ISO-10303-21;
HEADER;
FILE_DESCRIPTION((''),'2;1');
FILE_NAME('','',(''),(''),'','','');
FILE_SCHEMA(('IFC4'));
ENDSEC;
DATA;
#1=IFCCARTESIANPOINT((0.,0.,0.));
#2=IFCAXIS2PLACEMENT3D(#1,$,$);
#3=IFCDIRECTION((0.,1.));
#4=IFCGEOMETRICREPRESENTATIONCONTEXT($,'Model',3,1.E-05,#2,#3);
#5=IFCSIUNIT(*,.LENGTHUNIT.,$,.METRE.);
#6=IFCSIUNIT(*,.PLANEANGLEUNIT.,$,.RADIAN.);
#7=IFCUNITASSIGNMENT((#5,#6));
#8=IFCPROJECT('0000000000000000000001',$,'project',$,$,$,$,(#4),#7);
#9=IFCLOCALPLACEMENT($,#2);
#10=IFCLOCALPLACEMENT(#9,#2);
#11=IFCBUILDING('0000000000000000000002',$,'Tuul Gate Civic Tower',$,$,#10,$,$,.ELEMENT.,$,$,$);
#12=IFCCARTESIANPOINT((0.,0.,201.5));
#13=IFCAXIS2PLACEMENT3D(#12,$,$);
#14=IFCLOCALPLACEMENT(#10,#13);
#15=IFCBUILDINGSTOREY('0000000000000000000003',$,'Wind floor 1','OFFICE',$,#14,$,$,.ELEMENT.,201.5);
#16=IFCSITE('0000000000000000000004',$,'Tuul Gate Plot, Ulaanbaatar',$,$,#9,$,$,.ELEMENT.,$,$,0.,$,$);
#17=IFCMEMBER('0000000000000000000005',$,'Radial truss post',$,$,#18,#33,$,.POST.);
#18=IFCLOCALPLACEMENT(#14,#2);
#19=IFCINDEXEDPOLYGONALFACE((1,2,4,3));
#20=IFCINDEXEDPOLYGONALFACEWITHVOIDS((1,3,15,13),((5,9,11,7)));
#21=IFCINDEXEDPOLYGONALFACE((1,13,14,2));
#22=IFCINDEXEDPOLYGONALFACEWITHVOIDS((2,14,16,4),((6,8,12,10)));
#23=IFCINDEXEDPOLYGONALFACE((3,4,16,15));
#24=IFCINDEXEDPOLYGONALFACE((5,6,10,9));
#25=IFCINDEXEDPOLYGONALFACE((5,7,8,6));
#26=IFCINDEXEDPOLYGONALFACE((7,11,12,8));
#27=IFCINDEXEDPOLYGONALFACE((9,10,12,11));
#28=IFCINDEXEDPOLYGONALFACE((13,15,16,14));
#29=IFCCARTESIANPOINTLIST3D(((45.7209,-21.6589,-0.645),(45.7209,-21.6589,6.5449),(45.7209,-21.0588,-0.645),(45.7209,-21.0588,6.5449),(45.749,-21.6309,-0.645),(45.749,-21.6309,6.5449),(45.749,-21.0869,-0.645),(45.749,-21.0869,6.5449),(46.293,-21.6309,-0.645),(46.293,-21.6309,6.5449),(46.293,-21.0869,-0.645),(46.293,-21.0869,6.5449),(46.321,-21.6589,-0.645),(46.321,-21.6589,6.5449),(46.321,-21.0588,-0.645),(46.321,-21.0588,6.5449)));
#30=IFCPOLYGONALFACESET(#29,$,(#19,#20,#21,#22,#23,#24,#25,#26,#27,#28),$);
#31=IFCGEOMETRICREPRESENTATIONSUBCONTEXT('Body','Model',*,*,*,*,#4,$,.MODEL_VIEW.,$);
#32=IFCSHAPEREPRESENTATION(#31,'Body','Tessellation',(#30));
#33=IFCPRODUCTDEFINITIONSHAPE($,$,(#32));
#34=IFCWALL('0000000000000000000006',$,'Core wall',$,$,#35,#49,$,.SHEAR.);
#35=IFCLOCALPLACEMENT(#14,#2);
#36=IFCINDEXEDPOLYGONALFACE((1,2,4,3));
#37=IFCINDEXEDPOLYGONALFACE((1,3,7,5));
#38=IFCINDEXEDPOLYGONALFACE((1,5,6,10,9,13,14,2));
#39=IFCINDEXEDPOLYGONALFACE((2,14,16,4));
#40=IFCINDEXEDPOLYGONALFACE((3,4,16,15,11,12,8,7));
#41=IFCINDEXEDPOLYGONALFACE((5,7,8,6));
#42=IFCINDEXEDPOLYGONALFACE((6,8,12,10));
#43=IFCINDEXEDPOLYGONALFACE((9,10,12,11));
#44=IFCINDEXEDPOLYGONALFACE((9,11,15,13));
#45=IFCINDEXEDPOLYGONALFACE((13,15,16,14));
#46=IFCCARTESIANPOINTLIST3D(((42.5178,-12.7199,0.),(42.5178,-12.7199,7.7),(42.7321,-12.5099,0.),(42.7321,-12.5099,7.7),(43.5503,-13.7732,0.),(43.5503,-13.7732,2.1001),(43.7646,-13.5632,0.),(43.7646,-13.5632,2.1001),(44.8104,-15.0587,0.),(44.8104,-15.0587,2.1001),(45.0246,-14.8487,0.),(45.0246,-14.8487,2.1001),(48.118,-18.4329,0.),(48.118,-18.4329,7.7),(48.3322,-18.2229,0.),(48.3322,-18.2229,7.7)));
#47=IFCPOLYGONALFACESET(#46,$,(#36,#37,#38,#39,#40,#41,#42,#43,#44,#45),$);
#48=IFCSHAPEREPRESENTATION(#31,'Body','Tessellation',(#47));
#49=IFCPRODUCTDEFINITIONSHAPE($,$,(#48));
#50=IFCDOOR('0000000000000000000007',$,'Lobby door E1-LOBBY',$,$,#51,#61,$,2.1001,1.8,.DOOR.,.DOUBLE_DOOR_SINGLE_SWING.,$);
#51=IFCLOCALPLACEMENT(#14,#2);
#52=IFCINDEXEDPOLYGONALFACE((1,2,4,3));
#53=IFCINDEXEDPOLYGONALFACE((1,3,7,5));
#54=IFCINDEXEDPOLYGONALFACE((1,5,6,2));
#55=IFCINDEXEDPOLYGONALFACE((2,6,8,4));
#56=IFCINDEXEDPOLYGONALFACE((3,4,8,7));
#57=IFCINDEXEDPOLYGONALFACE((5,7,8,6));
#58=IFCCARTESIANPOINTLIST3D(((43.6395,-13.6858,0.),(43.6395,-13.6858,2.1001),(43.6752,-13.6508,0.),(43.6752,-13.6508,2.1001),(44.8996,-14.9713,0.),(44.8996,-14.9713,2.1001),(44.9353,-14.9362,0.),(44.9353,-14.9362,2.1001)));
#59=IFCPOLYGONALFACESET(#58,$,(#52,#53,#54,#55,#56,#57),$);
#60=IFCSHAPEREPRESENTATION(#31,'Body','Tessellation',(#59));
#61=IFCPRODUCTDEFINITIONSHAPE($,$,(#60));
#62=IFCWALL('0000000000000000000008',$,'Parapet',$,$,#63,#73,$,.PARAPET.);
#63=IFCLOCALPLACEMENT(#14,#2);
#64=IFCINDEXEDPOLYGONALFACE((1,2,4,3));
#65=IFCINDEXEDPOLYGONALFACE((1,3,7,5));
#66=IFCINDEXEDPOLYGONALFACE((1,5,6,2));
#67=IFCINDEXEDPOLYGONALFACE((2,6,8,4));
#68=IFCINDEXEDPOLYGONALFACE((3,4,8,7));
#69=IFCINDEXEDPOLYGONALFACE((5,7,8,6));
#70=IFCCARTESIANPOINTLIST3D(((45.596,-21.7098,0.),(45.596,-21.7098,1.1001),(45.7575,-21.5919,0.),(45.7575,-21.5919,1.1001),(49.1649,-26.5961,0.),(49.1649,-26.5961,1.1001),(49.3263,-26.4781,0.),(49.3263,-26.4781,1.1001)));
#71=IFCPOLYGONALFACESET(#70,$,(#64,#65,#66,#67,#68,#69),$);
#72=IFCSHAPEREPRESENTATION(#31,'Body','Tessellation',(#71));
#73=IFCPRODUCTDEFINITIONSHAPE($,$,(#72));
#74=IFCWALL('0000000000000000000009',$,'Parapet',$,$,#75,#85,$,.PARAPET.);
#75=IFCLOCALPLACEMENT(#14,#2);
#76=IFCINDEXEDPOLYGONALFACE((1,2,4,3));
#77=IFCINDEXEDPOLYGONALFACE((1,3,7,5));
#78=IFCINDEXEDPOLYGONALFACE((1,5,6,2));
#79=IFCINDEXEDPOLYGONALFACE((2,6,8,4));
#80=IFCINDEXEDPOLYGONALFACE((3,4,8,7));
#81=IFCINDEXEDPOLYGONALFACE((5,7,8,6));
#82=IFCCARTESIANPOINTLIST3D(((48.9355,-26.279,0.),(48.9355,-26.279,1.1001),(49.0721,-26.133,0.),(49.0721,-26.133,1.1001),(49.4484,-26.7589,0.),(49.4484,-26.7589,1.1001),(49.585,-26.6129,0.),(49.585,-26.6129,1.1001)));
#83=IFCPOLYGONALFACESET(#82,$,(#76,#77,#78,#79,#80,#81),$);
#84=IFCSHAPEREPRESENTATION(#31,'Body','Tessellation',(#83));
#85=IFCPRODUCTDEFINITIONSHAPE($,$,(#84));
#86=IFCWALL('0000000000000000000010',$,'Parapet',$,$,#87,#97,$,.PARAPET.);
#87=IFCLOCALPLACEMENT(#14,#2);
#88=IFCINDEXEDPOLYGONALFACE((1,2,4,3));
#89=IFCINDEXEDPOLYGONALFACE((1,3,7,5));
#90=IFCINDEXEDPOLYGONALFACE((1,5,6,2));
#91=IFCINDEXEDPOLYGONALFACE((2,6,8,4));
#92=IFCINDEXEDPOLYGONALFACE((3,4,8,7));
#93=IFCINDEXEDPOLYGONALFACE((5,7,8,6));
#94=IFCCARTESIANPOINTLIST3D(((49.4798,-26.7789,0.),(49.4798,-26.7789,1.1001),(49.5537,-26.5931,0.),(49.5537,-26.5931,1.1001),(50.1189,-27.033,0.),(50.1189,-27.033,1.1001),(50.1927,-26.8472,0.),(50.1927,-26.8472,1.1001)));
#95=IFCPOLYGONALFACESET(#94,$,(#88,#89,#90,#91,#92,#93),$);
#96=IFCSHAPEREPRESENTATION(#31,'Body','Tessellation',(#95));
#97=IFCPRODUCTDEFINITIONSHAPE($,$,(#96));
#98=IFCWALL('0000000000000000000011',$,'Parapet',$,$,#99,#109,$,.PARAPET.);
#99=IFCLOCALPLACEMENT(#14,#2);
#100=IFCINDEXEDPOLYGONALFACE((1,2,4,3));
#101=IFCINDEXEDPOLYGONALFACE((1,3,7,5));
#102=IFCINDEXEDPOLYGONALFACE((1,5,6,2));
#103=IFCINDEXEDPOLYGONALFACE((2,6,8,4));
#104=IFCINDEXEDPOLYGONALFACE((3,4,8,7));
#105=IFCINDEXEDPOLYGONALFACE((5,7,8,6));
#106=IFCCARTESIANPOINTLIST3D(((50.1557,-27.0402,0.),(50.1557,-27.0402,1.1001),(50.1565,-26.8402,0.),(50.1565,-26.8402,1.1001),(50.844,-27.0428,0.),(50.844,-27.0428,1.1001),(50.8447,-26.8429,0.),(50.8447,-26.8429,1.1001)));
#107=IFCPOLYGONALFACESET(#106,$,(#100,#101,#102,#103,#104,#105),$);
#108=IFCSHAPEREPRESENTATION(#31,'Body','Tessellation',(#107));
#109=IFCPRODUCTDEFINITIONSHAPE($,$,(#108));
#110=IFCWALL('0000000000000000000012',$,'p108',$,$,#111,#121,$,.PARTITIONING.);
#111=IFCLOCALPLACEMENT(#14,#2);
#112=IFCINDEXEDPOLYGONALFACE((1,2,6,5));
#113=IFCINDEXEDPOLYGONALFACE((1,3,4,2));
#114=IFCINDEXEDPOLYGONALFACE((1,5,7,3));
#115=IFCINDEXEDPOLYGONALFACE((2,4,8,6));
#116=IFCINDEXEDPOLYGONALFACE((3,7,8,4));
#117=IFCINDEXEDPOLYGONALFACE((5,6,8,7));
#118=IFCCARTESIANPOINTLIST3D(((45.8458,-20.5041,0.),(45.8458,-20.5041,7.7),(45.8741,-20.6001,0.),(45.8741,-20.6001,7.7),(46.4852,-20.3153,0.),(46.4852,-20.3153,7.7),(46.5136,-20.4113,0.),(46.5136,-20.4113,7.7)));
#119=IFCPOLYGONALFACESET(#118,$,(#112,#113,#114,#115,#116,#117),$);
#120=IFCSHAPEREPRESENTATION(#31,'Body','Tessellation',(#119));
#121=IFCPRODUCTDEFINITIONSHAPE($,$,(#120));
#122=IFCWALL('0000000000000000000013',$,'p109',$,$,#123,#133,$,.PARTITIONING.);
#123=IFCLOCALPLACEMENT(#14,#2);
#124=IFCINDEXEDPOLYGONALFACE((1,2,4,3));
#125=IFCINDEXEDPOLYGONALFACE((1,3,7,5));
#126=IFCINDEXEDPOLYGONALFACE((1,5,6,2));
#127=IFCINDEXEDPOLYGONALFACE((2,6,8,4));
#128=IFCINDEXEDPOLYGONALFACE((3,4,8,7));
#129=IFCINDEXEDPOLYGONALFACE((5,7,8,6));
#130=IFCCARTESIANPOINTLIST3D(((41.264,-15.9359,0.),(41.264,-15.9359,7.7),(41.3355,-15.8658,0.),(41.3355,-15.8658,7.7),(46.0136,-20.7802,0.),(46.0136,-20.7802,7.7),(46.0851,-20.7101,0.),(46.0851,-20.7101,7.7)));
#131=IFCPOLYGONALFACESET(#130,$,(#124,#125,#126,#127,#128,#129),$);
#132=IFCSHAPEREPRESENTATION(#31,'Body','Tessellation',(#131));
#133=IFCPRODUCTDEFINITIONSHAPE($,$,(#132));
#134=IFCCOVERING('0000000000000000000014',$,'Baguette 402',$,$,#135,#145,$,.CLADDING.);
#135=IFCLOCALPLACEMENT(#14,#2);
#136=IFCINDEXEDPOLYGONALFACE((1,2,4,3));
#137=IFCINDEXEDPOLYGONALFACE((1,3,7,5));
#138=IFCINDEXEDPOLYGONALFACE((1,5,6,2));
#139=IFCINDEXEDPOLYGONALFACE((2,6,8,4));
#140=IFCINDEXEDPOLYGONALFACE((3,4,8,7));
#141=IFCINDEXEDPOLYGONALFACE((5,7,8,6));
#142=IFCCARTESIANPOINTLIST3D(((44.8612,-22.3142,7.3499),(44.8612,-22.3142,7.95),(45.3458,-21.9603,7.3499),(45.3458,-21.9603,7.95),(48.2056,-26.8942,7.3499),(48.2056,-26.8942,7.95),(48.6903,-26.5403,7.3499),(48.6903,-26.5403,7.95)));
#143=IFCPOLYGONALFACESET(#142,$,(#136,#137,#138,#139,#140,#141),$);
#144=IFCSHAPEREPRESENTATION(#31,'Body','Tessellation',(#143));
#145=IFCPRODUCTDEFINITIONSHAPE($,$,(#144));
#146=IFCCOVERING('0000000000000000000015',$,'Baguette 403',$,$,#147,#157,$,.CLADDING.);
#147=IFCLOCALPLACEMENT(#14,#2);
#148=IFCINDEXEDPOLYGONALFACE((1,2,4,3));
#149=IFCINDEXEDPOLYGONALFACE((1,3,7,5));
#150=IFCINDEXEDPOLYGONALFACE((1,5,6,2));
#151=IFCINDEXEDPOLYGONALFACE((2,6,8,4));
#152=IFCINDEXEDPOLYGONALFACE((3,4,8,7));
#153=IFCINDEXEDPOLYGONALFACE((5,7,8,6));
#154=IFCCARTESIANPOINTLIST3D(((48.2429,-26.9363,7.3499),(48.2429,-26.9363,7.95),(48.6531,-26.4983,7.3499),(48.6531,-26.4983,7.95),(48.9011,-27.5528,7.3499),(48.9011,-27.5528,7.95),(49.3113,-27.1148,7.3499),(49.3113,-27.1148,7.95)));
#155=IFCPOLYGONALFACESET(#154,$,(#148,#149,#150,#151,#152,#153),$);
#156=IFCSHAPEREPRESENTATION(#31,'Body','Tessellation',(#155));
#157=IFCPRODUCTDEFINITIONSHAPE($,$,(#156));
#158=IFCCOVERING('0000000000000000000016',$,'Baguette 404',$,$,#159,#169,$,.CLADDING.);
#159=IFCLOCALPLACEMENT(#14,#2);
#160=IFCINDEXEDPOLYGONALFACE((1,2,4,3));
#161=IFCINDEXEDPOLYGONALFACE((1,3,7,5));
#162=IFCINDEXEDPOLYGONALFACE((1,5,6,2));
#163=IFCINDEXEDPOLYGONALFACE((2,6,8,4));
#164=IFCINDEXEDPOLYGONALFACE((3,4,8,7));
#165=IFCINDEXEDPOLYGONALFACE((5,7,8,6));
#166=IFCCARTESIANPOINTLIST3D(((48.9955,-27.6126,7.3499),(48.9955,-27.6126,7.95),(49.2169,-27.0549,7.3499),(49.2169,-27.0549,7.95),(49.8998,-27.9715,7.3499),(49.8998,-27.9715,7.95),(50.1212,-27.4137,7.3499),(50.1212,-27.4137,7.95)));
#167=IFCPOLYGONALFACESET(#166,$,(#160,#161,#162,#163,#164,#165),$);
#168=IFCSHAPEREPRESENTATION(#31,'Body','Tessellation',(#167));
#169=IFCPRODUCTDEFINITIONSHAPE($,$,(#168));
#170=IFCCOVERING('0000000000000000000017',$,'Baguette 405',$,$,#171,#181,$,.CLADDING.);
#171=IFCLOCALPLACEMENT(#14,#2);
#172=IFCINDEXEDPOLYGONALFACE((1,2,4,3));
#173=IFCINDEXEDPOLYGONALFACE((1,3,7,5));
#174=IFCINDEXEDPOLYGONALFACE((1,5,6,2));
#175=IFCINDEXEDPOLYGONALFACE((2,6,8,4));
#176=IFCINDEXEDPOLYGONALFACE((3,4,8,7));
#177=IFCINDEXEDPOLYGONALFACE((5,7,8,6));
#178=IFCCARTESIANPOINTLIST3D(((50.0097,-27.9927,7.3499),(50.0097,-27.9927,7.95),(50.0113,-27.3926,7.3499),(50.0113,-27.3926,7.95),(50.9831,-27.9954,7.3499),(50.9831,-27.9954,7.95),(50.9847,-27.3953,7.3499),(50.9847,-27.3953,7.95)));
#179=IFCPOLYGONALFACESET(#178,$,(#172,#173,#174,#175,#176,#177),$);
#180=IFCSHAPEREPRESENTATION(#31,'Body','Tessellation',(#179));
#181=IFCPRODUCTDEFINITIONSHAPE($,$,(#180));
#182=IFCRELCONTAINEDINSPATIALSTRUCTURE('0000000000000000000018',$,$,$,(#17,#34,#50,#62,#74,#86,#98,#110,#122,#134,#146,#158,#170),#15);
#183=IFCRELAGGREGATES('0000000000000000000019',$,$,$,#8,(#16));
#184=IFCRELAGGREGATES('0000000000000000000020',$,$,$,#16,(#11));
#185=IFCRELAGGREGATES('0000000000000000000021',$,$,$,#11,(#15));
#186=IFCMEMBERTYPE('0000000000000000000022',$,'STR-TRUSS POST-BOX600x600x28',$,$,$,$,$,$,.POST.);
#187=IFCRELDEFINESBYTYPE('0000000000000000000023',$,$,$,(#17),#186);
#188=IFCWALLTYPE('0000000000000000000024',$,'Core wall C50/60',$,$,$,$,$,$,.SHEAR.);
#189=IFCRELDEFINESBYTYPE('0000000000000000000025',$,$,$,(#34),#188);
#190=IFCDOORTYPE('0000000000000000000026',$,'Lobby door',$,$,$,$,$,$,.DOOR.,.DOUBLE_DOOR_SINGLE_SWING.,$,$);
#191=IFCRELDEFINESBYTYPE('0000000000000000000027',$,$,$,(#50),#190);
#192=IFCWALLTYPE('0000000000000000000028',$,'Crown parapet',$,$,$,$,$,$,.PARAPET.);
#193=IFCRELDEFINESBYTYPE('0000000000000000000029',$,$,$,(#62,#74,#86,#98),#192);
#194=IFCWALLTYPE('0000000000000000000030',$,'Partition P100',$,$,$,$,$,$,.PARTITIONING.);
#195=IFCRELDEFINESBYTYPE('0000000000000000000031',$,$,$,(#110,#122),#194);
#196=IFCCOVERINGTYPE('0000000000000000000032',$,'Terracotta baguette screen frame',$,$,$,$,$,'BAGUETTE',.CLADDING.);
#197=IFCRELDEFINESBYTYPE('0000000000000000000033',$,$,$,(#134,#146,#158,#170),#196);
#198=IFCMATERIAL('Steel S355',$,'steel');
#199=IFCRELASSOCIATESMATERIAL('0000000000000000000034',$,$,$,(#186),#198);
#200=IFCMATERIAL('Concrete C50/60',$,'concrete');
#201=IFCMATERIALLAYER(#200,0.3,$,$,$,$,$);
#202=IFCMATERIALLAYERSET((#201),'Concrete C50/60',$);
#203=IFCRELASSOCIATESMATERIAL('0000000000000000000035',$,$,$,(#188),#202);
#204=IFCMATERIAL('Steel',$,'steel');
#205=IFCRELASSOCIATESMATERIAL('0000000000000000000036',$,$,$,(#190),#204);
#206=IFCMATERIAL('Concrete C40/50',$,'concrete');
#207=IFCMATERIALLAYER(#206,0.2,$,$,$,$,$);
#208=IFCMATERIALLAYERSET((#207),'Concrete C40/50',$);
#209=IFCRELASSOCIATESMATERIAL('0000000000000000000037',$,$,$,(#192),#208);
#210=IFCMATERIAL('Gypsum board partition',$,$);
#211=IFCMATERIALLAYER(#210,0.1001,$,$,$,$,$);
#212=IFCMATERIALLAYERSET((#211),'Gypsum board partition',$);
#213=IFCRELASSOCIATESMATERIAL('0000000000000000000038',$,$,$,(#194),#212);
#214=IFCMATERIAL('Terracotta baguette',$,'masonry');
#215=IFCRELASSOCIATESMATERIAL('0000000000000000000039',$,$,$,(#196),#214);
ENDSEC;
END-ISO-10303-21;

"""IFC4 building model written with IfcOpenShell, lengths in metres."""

from ifc_helpers import new_model, si_unit, direction, frame, frame_2d, origin, origin_2d, place, context, subcontext, project, spatial, rectangle, hollow_rectangle, extrude, material, layer, layer_set, material_profile, profile_set, type_object, element, fill, save


model = new_model("IFC4")

# Units and contexts
model_context = context("Model", 3, precision=1e-05, world=origin(), true_north=direction((0.0, 1.0)))
body_context = subcontext(model_context, "Body", "Model", "MODEL_VIEW")
ifc_project = project(units=[si_unit("LENGTHUNIT", "METRE"), si_unit("PLANEANGLEUNIT", "RADIAN")], contexts=[model_context])

# Site, building, storey
site_placement = place(None, origin())
site = spatial("IfcSite", under=ifc_project, at=site_placement, Name="Tuul Gate Plot, Ulaanbaatar", CompositionType="ELEMENT", RefElevation=0.0)
building_placement = place(site_placement, origin())
building = spatial("IfcBuilding", under=site, at=building_placement, Name="Tuul Gate Civic Tower", CompositionType="ELEMENT")
storey_placement = place(building_placement, frame((0.0, 0.0, 201.5)))
storey = spatial("IfcBuildingStorey", under=building, at=storey_placement, Name="Wind floor 1", Description="OFFICE", CompositionType="ELEMENT", Elevation=201.5)

# Member
ifc_material_1 = material(Name="Steel S355", Category="steel")
ifc_material_profile_1 = material_profile(ifc_material_1, hollow_rectangle(XDim=0.6001, YDim=0.6001, WallThickness=0.0281, at=origin_2d()), Name="BOX600x600x28")
ifc_profile_set_1 = profile_set([ifc_material_profile_1], Name="Steel S355")
member_type_1 = type_object("IfcMemberType", Name="STR-TRUSS POST-BOX600x600x28", PredefinedType="POST", material=ifc_profile_set_1)
member_1_placement = place(storey_placement, frame((46.021, -21.3589, -0.645), z_axis=(0.0, 0.0, 1.0), x_axis=(1.0, 0.0, 0.0)))
element("IfcMember", 1, at=member_1_placement, inside=storey, type_object=member_type_1, Name="Radial truss post", PredefinedType="POST", context=body_context, shape_type="SweptSolid", body=[
    extrude(hollow_rectangle(XDim=0.6001, YDim=0.6001, WallThickness=0.0281, at=origin_2d()), origin(), (0.0, 0.0, 1.0), 7.1899),
])

# Wall, opening, door
ifc_material_2 = material(Name="Concrete C50/60", Category="concrete")
ifc_layer_1 = layer(ifc_material_2, 0.3)
ifc_layer_set_1 = layer_set([ifc_layer_1], Name="Concrete C50/60")
wall_type_1 = type_object("IfcWallType", Name="Core wall C50/60", PredefinedType="SHEAR", material=ifc_layer_set_1)
wall_1_placement = place(storey_placement, frame((48.2251, -18.3279, 0.0), z_axis=(0.0, 0.0, 1.0), x_axis=(-0.700022, 0.714121, 0.0)))
wall_1 = element("IfcWall", 2, at=wall_1_placement, inside=storey, type_object=wall_type_1, Name="Core wall", PredefinedType="SHEAR", context=body_context, shape_type="SweptSolid", body=[
    extrude(rectangle(XDim=8.0, YDim=0.3, at=frame_2d((4.0, 0.0))), origin(), (0.0, 0.0, 1.0), 7.7),
])
opening_placement = place(wall_1_placement, frame((4.7251, 0.0, 0.0)))
opening = element("IfcOpeningElement", 3, at=opening_placement, cuts=wall_1, PredefinedType="OPENING", context=body_context, shape_type="SweptSolid", body=[
    extrude(rectangle(XDim=1.8, YDim=2.1001, at=frame_2d((0.8999, 1.05))), frame((0.0, 0.1602, 0.0), z_axis=(0.0, -1.0, 0.0), x_axis=(1.0, 0.0, 0.0)), (0.0, 0.0, 1.0), 0.3201),
])
ifc_material_3 = material(Name="Steel", Category="steel")
door_type = type_object("IfcDoorType", Name="Lobby door", OperationType="DOUBLE_DOOR_SINGLE_SWING", PredefinedType="DOOR", material=ifc_material_3)
door_placement = place(opening_placement, frame((1.8, 0.0, 0.0), z_axis=(0.0, 0.0, 1.0), x_axis=(-1.0, 0.0, 0.0)))
door = element("IfcDoor", 4, at=door_placement, inside=storey, type_object=door_type, Name="Lobby door E1-LOBBY", OperationType="DOUBLE_DOOR_SINGLE_SWING", OverallHeight=2.1001, OverallWidth=1.8, PredefinedType="DOOR", context=body_context, shape_type="SweptSolid", body=[
    extrude(rectangle(XDim=1.8, YDim=2.1001, at=frame_2d((0.9001, 1.05))), frame((0.0, 0.0249, 0.0), z_axis=(0.0, -1.0, 0.0), x_axis=(1.0, 0.0, 0.0)), (0.0, 0.0, 1.0), 0.05),
])
fill(opening, door)

# Walls
ifc_material_4 = material(Name="Concrete C40/50", Category="concrete")
ifc_layer_2 = layer(ifc_material_4, 0.2)
ifc_layer_set_2 = layer_set([ifc_layer_2], Name="Concrete C40/50")
wall_type_2 = type_object("IfcWallType", Name="Crown parapet", PredefinedType="PARAPET", material=ifc_layer_set_2)
wall_2_placement = place(storey_placement, frame((45.6768, -21.6509, 0.0), z_axis=(0.0, 0.0, 1.0), x_axis=(0.589816, -0.807537, 0.0)))
element("IfcWall", 5, at=wall_2_placement, inside=storey, type_object=wall_type_2, Name="Parapet", PredefinedType="PARAPET", context=body_context, shape_type="SweptSolid", body=[
    extrude(rectangle(XDim=6.0508, YDim=0.2, at=frame_2d((3.0254, 0.0))), origin(), (0.0, 0.0, 1.0), 1.1001),
])
wall_3_placement = place(storey_placement, frame((49.0039, -26.2061, 0.0), z_axis=(0.0, 0.0, 1.0), x_axis=(0.730176, -0.683259, 0.0)))
element("IfcWall", 6, at=wall_3_placement, inside=storey, type_object=wall_type_2, Name="Parapet", PredefinedType="PARAPET", context=body_context, shape_type="SweptSolid", body=[
    extrude(rectangle(XDim=0.7024, YDim=0.2, at=frame_2d((0.3511, 0.0))), origin(), (0.0, 0.0, 1.0), 1.1001),
])
wall_4_placement = place(storey_placement, frame((49.5168, -26.686, 0.0), z_axis=(0.0, 0.0, 1.0), x_axis=(0.929234, -0.369493, 0.0)))
element("IfcWall", 7, at=wall_4_placement, inside=storey, type_object=wall_type_2, Name="Parapet", PredefinedType="PARAPET", context=body_context, shape_type="SweptSolid", body=[
    extrude(rectangle(XDim=0.6877, YDim=0.2, at=frame_2d((0.3438, 0.0))), origin(), (0.0, 0.0, 1.0), 1.1001),
])
wall_5_placement = place(storey_placement, frame((50.156, -26.9402, 0.0), z_axis=(0.0, 0.0, 1.0), x_axis=(0.999992, -0.003902, 0.0)))
element("IfcWall", 8, at=wall_5_placement, inside=storey, type_object=wall_type_2, Name="Parapet", PredefinedType="PARAPET", context=body_context, shape_type="SweptSolid", body=[
    extrude(rectangle(XDim=0.6882, YDim=0.2, at=frame_2d((0.3442, 0.0))), origin(), (0.0, 0.0, 1.0), 1.1001),
])
ifc_material_5 = material(Name="Gypsum board partition")
ifc_layer_3 = layer(ifc_material_5, 0.1001)
ifc_layer_set_3 = layer_set([ifc_layer_3], Name="Gypsum board partition")
wall_type_3 = type_object("IfcWallType", Name="Partition P100", PredefinedType="PARTITIONING", material=ifc_layer_set_3)
wall_6_placement = place(storey_placement, frame((46.4995, -20.3633, 0.0), z_axis=(0.0, 0.0, 1.0), x_axis=(-0.959097, -0.283078, 0.0)))
element("IfcWall", 9, at=wall_6_placement, inside=storey, type_object=wall_type_3, Name="p108", PredefinedType="PARTITIONING", context=body_context, shape_type="SweptSolid", body=[
    extrude(rectangle(XDim=0.6667, YDim=0.1001, at=frame_2d((0.3335, 0.0))), origin(), (0.0, 0.0, 1.0), 7.7),
])
wall_7_placement = place(storey_placement, frame((46.0493, -20.7451, 0.0), z_axis=(0.0, 0.0, 1.0), x_axis=(-0.700091, 0.714054, 0.0)))
element("IfcWall", 10, at=wall_7_placement, inside=storey, type_object=wall_type_3, Name="p109", PredefinedType="PARTITIONING", context=body_context, shape_type="SweptSolid", body=[
    extrude(rectangle(XDim=6.7842, YDim=0.1001, at=frame_2d((3.3921, 0.0))), origin(), (0.0, 0.0, 1.0), 7.7),
])

# Coverings
ifc_material_6 = material(Name="Terracotta baguette", Category="masonry")
ifc_material_profile_2 = material_profile(ifc_material_6, rectangle(XDim=0.6001, YDim=0.6001, at=origin_2d()), Name="Terracotta baguette screen frame")
ifc_profile_set_2 = profile_set([ifc_material_profile_2], Name="Terracotta baguette")
covering_type = type_object("IfcCoveringType", Name="Terracotta baguette screen frame", ElementType="BAGUETTE", PredefinedType="CLADDING", material=ifc_profile_set_2)
covering_1_placement = place(storey_placement, frame((45.1035, -22.1372, 7.6499), z_axis=(0.589729, -0.807601, 0.0), x_axis=(0.807601, 0.589729, 0.0)))
element("IfcCovering", 11, at=covering_1_placement, inside=storey, type_object=covering_type, Name="Baguette 402", PredefinedType="CLADDING", context=body_context, shape_type="SweptSolid", body=[
    extrude(rectangle(XDim=0.6001, YDim=0.6001, at=origin_2d()), origin(), (0.0, 0.0, 1.0), 5.6711),
])
covering_2_placement = place(storey_placement, frame((48.448, -26.7173, 7.6499), z_axis=(0.729875, -0.683581, 0.0), x_axis=(0.683581, 0.729875, 0.0)))
element("IfcCovering", 12, at=covering_2_placement, inside=storey, type_object=covering_type, Name="Baguette 403", PredefinedType="CLADDING", context=body_context, shape_type="SweptSolid", body=[
    extrude(rectangle(XDim=0.6001, YDim=0.6001, at=origin_2d()), origin(), (0.0, 0.0, 1.0), 0.9019),
])
covering_3_placement = place(storey_placement, frame((49.1062, -27.3337, 7.6499), z_axis=(0.929477, -0.36888, 0.0), x_axis=(0.36888, 0.929477, 0.0)))
element("IfcCovering", 13, at=covering_3_placement, inside=storey, type_object=covering_type, Name="Baguette 404", PredefinedType="CLADDING", context=body_context, shape_type="SweptSolid", body=[
    extrude(rectangle(XDim=0.6001, YDim=0.6001, at=origin_2d()), origin(), (0.0, 0.0, 1.0), 0.9729),
])
covering_4_placement = place(storey_placement, frame((50.0105, -27.6926, 7.6499), z_axis=(0.999996, -0.002759, 0.0), x_axis=(0.002759, 0.999996, 0.0)))
element("IfcCovering", 14, at=covering_4_placement, inside=storey, type_object=covering_type, Name="Baguette 405", PredefinedType="CLADDING", context=body_context, shape_type="SweptSolid", body=[
    extrude(rectangle(XDim=0.6001, YDim=0.6001, at=origin_2d()), origin(), (0.0, 0.0, 1.0), 0.9734),
])

save(model, "model.ifc")
